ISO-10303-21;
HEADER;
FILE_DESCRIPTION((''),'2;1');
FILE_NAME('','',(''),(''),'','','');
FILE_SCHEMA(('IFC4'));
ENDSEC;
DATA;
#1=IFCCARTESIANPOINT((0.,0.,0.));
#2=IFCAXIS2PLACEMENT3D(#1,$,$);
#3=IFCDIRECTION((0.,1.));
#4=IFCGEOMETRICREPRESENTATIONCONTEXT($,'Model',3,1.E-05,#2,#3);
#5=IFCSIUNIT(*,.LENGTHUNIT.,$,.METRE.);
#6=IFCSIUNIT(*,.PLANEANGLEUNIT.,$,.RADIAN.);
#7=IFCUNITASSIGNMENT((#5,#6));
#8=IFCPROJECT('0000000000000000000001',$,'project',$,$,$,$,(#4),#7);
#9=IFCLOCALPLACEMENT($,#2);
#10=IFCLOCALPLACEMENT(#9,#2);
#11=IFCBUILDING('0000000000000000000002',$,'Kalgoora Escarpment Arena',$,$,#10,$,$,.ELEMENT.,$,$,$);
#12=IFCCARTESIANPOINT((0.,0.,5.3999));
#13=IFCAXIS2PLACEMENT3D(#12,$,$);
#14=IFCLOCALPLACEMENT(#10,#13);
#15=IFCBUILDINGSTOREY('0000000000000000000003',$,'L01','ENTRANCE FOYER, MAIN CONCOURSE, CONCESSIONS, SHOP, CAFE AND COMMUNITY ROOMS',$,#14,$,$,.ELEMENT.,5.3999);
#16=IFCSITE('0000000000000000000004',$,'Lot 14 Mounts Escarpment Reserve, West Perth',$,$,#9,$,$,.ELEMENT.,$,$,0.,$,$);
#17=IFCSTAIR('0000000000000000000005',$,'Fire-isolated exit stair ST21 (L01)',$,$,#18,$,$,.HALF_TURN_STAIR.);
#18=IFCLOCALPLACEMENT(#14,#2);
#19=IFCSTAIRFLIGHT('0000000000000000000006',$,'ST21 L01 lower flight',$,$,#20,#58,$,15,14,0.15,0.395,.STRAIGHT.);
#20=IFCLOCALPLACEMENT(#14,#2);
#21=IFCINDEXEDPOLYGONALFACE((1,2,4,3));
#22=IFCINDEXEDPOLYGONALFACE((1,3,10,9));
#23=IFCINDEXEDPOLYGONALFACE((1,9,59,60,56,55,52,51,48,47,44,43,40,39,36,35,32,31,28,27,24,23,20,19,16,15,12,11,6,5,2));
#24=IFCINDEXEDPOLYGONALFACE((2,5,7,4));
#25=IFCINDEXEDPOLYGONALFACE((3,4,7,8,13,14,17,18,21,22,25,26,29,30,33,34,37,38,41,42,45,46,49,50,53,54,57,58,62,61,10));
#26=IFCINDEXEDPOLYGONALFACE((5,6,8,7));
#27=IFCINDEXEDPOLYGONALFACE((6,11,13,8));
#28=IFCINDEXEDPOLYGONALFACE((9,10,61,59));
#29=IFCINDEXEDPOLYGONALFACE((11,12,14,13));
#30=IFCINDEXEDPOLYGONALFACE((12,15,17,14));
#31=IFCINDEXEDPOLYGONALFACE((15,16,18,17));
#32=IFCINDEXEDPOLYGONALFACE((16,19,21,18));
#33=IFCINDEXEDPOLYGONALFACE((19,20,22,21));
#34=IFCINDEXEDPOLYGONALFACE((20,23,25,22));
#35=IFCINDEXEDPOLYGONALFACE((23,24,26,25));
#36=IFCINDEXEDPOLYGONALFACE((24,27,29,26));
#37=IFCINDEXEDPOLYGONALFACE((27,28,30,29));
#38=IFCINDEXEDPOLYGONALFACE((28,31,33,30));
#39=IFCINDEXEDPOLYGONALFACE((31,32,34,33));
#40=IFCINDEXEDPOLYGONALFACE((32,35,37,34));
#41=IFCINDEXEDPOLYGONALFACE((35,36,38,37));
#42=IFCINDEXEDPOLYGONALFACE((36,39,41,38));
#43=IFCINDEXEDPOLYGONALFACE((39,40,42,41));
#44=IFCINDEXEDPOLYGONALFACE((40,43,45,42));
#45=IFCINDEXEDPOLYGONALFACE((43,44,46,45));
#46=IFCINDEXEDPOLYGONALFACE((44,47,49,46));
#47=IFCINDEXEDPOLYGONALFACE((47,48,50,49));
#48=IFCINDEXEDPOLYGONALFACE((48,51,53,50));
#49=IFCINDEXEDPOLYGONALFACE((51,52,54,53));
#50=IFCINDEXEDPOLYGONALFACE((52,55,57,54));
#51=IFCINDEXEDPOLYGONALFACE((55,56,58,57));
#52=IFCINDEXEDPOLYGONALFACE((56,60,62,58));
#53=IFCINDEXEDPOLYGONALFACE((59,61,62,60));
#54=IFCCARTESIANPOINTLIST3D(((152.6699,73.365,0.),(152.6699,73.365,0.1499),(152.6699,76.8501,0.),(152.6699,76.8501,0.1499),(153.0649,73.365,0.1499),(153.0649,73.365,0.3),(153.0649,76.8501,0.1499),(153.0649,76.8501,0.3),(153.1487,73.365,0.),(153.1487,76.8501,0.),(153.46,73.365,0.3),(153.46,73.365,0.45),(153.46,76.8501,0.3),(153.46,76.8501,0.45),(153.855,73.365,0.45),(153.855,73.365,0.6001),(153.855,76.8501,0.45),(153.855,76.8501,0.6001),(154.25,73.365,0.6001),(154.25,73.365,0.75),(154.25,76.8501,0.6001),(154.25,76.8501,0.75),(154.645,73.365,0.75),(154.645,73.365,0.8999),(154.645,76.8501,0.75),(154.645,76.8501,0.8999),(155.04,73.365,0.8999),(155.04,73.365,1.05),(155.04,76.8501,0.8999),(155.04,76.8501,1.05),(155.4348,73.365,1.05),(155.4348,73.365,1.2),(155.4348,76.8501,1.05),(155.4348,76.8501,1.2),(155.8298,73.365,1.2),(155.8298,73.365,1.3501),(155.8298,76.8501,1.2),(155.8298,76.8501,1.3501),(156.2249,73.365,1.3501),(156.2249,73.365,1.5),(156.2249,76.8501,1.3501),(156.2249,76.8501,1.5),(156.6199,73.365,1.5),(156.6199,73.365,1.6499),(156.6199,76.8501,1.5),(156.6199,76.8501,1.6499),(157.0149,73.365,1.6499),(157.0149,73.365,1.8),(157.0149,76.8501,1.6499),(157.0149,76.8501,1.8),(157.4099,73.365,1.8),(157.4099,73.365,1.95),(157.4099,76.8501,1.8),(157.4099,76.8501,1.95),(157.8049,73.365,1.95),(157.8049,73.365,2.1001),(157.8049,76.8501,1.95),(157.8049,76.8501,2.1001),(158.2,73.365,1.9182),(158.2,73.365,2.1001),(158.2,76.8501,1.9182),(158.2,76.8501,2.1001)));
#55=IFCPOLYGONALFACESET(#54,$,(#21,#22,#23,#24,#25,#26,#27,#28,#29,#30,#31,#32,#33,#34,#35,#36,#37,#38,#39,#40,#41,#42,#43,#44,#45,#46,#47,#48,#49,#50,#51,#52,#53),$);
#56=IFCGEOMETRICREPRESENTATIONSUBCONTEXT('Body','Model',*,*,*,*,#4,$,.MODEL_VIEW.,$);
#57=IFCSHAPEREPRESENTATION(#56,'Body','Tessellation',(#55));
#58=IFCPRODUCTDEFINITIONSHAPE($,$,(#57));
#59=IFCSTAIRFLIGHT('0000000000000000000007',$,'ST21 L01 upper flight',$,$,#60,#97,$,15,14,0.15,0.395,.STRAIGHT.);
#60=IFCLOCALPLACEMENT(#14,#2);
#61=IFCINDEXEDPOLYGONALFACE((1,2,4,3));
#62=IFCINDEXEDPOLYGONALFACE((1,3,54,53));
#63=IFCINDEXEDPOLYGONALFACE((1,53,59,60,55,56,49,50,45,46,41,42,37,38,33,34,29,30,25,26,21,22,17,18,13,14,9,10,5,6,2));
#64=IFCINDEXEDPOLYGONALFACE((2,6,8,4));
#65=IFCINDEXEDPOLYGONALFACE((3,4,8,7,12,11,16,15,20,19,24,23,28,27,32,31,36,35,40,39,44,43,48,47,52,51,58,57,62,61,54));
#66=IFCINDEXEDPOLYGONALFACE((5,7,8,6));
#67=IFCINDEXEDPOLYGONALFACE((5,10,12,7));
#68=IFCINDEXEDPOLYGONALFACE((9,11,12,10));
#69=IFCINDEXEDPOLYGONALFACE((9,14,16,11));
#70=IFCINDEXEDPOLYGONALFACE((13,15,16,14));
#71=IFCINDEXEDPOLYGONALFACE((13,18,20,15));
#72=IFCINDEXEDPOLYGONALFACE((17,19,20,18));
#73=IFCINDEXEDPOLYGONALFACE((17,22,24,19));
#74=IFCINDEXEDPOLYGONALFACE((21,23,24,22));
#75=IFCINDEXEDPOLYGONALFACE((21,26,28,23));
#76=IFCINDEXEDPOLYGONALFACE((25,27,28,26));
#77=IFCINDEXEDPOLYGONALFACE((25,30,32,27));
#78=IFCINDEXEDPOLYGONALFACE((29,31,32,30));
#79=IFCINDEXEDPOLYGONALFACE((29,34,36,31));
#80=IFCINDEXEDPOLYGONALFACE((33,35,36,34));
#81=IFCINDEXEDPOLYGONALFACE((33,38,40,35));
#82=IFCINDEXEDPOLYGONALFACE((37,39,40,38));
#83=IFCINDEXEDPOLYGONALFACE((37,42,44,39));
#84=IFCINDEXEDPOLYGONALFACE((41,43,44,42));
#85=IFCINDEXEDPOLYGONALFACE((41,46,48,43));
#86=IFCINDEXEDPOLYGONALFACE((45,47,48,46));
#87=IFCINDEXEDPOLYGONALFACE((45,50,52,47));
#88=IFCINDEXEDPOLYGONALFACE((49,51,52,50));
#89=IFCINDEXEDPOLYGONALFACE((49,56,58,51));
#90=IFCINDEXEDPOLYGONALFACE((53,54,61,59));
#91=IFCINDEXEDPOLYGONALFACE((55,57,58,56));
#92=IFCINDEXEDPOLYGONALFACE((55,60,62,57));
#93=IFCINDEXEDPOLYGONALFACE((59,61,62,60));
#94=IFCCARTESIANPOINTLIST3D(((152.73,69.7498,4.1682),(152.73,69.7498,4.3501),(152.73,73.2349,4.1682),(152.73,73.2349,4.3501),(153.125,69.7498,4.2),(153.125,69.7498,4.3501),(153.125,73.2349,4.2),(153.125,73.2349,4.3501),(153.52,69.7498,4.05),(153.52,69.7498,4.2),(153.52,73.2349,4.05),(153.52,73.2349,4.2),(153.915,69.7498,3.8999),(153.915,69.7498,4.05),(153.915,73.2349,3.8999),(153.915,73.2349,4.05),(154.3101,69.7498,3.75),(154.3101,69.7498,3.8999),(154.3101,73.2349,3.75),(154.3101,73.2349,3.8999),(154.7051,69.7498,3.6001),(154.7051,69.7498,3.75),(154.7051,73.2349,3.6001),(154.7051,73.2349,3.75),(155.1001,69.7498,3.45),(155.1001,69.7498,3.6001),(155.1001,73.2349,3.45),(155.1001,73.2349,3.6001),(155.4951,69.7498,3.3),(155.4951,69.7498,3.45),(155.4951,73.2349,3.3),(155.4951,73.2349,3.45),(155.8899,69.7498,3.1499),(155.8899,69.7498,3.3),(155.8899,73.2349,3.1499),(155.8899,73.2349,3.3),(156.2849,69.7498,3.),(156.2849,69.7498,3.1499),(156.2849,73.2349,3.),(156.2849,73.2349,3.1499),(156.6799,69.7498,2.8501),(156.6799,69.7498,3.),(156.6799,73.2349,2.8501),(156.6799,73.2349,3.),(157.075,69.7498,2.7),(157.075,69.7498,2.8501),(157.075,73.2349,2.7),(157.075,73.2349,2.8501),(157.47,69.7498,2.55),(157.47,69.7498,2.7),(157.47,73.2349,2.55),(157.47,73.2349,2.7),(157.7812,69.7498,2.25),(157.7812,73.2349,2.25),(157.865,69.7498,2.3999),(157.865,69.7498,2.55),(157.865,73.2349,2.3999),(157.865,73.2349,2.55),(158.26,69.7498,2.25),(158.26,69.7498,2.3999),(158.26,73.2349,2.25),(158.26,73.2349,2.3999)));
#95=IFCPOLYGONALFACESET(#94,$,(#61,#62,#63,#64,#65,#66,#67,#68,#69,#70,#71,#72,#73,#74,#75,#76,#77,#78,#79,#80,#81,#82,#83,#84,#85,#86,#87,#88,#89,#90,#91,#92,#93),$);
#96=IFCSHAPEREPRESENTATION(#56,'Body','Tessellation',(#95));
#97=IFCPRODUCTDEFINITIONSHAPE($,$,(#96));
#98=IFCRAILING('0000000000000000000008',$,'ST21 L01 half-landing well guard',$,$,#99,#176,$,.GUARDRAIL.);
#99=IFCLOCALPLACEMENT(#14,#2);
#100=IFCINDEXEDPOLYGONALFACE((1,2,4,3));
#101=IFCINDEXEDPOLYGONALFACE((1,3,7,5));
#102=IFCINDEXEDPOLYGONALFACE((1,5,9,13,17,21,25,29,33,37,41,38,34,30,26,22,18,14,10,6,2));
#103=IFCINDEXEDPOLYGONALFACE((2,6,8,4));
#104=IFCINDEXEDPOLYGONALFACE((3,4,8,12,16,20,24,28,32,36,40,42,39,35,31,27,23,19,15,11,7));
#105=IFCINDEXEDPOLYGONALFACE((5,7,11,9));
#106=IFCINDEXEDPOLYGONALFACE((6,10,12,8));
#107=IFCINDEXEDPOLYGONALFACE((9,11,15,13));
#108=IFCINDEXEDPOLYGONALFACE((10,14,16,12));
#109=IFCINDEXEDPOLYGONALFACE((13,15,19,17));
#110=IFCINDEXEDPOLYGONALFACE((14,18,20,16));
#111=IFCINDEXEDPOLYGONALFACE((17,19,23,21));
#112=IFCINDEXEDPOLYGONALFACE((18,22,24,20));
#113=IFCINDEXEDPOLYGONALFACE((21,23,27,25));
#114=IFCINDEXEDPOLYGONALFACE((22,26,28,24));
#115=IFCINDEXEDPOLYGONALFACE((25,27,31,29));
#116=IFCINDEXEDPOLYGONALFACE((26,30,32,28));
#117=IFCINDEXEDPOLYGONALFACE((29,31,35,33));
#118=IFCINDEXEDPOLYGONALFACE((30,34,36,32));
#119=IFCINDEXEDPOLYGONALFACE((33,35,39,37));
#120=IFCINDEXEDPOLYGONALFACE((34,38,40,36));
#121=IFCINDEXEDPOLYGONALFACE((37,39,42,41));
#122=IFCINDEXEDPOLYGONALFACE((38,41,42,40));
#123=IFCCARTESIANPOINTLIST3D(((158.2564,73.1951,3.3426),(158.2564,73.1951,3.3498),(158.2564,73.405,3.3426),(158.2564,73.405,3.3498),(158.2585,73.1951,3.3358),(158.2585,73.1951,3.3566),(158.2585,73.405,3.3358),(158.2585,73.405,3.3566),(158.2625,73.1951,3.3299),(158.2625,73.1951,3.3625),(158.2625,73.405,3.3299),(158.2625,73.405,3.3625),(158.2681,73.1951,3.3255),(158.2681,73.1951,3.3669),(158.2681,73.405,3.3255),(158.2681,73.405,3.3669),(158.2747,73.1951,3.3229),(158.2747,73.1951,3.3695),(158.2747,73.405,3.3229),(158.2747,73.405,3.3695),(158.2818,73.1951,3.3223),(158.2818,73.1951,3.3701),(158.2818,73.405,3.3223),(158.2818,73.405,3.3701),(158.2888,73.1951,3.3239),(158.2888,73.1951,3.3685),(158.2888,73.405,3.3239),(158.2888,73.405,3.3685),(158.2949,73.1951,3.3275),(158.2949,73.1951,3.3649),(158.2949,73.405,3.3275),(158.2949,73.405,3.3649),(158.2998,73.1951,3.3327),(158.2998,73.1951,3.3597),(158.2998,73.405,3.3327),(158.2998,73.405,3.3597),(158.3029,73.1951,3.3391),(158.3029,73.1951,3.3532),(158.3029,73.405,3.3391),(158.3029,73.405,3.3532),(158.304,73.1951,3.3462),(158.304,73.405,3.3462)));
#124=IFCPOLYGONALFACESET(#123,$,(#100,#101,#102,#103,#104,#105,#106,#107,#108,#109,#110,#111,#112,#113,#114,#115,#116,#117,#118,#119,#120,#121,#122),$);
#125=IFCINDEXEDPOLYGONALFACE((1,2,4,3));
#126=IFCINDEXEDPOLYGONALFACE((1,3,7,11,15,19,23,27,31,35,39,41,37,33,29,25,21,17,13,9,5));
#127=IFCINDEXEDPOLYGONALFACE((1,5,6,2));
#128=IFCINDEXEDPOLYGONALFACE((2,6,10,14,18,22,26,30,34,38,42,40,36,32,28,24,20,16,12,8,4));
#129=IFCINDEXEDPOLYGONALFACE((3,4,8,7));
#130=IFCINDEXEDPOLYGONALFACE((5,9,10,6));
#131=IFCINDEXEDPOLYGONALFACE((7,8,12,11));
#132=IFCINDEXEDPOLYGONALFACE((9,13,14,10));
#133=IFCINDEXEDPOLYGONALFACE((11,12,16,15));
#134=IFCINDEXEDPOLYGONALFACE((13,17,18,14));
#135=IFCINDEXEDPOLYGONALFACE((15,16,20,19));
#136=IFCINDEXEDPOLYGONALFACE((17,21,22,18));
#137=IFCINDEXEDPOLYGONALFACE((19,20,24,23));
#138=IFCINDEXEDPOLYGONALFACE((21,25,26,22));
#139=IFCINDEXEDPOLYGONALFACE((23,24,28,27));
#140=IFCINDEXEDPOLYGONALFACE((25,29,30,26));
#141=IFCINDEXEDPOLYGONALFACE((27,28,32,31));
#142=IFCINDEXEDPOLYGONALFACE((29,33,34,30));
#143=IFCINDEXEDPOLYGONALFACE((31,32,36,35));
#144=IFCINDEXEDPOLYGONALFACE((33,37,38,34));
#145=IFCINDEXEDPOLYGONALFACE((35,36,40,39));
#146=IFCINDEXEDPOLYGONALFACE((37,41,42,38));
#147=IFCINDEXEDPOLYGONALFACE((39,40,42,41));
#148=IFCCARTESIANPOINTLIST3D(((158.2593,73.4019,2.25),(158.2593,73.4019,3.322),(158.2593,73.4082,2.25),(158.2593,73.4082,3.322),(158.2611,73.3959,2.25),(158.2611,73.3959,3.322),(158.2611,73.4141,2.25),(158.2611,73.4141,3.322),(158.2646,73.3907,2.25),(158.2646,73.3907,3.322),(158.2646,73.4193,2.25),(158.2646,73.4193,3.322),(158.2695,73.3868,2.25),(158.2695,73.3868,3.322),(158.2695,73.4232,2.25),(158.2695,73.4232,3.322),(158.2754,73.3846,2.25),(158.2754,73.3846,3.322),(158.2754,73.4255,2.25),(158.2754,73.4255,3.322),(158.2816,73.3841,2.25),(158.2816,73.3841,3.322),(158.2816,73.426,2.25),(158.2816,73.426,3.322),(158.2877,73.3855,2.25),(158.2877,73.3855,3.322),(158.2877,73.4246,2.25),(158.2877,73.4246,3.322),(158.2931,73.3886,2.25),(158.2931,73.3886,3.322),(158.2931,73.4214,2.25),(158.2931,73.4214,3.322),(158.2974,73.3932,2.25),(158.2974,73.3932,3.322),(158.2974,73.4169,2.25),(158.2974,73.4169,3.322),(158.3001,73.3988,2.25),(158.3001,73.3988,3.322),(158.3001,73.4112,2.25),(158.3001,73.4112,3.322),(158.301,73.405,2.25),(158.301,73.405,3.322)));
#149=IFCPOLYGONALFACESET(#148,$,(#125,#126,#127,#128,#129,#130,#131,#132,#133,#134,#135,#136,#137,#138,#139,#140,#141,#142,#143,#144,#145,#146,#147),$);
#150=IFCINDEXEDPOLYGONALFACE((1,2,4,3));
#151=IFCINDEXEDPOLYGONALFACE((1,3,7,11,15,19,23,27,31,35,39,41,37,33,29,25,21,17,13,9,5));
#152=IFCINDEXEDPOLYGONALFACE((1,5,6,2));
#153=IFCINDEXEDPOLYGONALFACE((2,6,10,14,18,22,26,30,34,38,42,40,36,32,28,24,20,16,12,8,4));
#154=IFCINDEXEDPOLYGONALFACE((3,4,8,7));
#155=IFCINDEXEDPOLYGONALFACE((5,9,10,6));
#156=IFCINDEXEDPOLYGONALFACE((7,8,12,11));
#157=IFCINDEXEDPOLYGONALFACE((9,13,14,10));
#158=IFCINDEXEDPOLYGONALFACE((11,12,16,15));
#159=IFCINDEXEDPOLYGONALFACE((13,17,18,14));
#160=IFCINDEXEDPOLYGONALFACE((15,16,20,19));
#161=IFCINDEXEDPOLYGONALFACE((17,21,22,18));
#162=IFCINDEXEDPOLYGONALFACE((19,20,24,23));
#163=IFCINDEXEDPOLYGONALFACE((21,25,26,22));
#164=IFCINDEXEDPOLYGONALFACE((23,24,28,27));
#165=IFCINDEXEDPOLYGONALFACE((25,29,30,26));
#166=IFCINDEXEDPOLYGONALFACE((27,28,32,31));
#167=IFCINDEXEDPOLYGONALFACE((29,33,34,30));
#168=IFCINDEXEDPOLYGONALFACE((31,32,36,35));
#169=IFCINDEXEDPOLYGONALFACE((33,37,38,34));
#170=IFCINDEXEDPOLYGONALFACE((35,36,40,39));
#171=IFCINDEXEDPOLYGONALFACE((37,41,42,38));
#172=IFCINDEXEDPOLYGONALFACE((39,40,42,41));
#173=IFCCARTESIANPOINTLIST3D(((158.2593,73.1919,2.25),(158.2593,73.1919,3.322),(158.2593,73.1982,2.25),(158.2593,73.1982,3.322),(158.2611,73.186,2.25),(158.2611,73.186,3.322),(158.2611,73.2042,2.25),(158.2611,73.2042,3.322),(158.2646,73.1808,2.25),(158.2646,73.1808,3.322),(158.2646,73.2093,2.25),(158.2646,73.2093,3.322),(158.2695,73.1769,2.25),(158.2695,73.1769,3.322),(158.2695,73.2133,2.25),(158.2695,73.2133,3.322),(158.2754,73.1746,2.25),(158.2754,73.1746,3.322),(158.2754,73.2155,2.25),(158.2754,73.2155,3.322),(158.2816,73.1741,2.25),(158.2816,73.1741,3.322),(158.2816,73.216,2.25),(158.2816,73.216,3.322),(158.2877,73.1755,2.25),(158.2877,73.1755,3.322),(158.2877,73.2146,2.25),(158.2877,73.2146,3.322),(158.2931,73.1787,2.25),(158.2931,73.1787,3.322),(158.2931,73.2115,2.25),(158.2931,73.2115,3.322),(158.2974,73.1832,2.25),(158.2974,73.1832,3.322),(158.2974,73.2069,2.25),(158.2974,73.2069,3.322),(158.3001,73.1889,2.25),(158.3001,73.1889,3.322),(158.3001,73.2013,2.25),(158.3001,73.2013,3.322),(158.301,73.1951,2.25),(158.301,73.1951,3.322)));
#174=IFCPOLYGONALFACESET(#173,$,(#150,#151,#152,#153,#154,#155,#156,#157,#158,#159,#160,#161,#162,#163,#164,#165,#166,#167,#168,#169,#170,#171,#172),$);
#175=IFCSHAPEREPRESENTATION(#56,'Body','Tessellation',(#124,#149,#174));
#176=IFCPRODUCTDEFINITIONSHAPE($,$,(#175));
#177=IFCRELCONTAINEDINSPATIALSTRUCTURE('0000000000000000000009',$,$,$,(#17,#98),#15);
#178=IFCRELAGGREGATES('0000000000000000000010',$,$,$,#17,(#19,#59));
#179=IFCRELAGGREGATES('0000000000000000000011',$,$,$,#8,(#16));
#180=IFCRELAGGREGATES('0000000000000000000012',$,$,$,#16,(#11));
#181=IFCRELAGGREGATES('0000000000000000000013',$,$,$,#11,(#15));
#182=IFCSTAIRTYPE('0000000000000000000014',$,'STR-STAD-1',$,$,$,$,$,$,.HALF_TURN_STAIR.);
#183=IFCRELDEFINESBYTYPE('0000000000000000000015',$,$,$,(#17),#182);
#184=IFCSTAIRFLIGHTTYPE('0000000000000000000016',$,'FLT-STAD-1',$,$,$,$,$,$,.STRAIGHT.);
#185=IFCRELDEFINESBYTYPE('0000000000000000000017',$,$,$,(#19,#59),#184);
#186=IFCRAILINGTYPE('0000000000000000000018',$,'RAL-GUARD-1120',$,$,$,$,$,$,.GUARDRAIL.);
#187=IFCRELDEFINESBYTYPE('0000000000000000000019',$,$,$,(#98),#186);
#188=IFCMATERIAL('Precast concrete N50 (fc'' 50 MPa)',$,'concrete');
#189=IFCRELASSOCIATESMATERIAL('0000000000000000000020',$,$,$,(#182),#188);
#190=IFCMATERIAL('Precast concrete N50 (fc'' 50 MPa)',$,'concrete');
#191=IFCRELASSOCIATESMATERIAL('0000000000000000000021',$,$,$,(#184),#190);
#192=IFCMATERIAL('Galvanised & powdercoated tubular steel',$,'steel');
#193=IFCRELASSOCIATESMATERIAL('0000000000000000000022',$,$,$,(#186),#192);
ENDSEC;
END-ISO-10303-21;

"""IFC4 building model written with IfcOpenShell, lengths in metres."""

from ifc_helpers import new_model, si_unit, direction, frame, origin, origin_2d, place, context, subcontext, project, spatial, polyline, circle, outline, extrude, material, type_object, element, aggregate, save


model = new_model("IFC4")

# Units and contexts
model_context = context("Model", 3, precision=1e-05, world=origin(), true_north=direction((0.0, 1.0)))
body_context = subcontext(model_context, "Body", "Model", "MODEL_VIEW")
ifc_project = project(units=[si_unit("LENGTHUNIT", "METRE"), si_unit("PLANEANGLEUNIT", "RADIAN")], contexts=[model_context])

# Site, building, storey
site_placement = place(None, origin())
site = spatial("IfcSite", under=ifc_project, at=site_placement, Name="Lot 14 Mounts Escarpment Reserve, West Perth", CompositionType="ELEMENT", RefElevation=0.0)
building_placement = place(site_placement, origin())
building = spatial("IfcBuilding", under=site, at=building_placement, Name="Kalgoora Escarpment Arena", CompositionType="ELEMENT")
storey_placement = place(building_placement, frame((0.0, 0.0, 5.3999)))
storey = spatial("IfcBuildingStorey", under=building, at=storey_placement, Name="L01", Description="ENTRANCE FOYER, MAIN CONCOURSE, CONCESSIONS, SHOP, CAFE AND COMMUNITY ROOMS", CompositionType="ELEMENT", Elevation=5.3999)

# Stair, stair flights
ifc_material_1 = material(Name="Precast concrete N50 (fc' 50 MPa)", Category="concrete")
stair_type = type_object("IfcStairType", Name="STR-STAD-1", PredefinedType="HALF_TURN_STAIR", material=ifc_material_1)
stair_placement = place(storey_placement, origin())
stair = element("IfcStair", 1, at=stair_placement, inside=storey, type_object=stair_type, Name="Fire-isolated exit stair ST21 (L01)", PredefinedType="HALF_TURN_STAIR")
ifc_material_2 = material(Name="Precast concrete N50 (fc' 50 MPa)", Category="concrete")
stair_flight_type = type_object("IfcStairFlightType", Name="FLT-STAD-1", PredefinedType="STRAIGHT", material=ifc_material_2)
stair_flight_1_placement = place(storey_placement, frame((152.6699, 75.1074, 0.0), z_axis=(0.0, 0.0, 1.0), x_axis=(1.0, 0.0, 0.0)))
stair_flight_1 = element("IfcStairFlight", 2, at=stair_flight_1_placement, type_object=stair_flight_type, Name="ST21 L01 lower flight", NumberOfRisers=15, NumberOfTreads=14, PredefinedType="STRAIGHT", RiserHeight=0.15, TreadLength=0.395, context=body_context, shape_type="SweptSolid", body=[
    extrude(outline(polyline([(0.0, 0.0), (0.0, 0.1499), (0.395, 0.1499), (0.395, 0.3), (0.79, 0.3), (0.79, 0.45), (1.1851, 0.45), (1.1851, 0.6001), (1.5801, 0.6001), (1.5801, 0.75), (1.9751, 0.75), (1.9751, 0.8999), (2.3701, 0.8999), (2.3701, 1.05), (2.7649, 1.05), (2.7649, 1.2), (3.1599, 1.2), (3.1599, 1.3501), (3.5549, 1.3501), (3.5549, 1.5), (3.95, 1.5), (3.95, 1.6499), (4.345, 1.6499), (4.345, 1.8), (4.74, 1.8), (4.74, 1.95), (5.135, 1.95), (5.135, 2.1001), (5.53, 2.1001), (5.53, 2.25), (5.53, 1.9182), (0.4788, 0.0), (0.0, 0.0)])), frame((0.0, 1.7427, 0.0), z_axis=(0.0, -1.0, 0.0), x_axis=(1.0, 0.0, 0.0)), (0.0, 0.0, 1.0), 3.4851),
])
stair_flight_2_placement = place(storey_placement, frame((158.26, 71.4924, 2.25), z_axis=(0.0, 0.0, 1.0), x_axis=(-1.0, 0.0, 0.0)))
stair_flight_2 = element("IfcStairFlight", 3, at=stair_flight_2_placement, type_object=stair_flight_type, Name="ST21 L01 upper flight", NumberOfRisers=15, NumberOfTreads=14, PredefinedType="STRAIGHT", RiserHeight=0.15, TreadLength=0.395, context=body_context, shape_type="SweptSolid", body=[
    extrude(outline(polyline([(0.0, 0.0), (0.0, 0.1499), (0.395, 0.1499), (0.395, 0.3), (0.79, 0.3), (0.79, 0.45), (1.1851, 0.45), (1.1851, 0.6001), (1.5801, 0.6001), (1.5801, 0.75), (1.9751, 0.75), (1.9751, 0.8999), (2.3701, 0.8999), (2.3701, 1.05), (2.7649, 1.05), (2.7649, 1.2), (3.1599, 1.2), (3.1599, 1.3501), (3.5549, 1.3501), (3.5549, 1.5), (3.95, 1.5), (3.95, 1.6499), (4.345, 1.6499), (4.345, 1.8), (4.74, 1.8), (4.74, 1.95), (5.135, 1.95), (5.135, 2.1001), (5.53, 2.1001), (5.53, 2.25), (5.53, 1.9182), (0.4788, 0.0), (0.0, 0.0)])), frame((0.0, 1.7427, 0.0), z_axis=(0.0, -1.0, 0.0), x_axis=(1.0, 0.0, 0.0)), (0.0, 0.0, 1.0), 3.4851),
])
aggregate(stair, [stair_flight_1, stair_flight_2])

# Railing
ifc_material_3 = material(Name="Galvanised & powdercoated tubular steel", Category="steel")
railing_type_1 = type_object("IfcRailingType", Name="RAL-GUARD-1120", PredefinedType="GUARDRAIL", material=ifc_material_3)
railing_1_placement = place(storey_placement, frame((158.28, 73.405, 2.25)))
element("IfcRailing", 4, at=railing_1_placement, inside=storey, type_object=railing_type_1, Name="ST21 L01 half-landing well guard", PredefinedType="GUARDRAIL", context=body_context, shape_type="SweptSolid", body=[
    extrude(circle(Radius=0.0239, at=origin_2d()), frame((0.0, 0.0, 1.0962), z_axis=(0.0, -1.0, 0.0), x_axis=(1.0, 0.0, 0.0)), (0.0, 0.0, 1.0), 0.21),
    extrude(circle(Radius=0.021, at=origin_2d()), origin(), (0.0, 0.0, 1.0), 1.072),
    extrude(circle(Radius=0.021, at=origin_2d()), frame((0.0, -0.21, 0.0)), (0.0, 0.0, 1.0), 1.072),
])

save(model, "model.ifc")
